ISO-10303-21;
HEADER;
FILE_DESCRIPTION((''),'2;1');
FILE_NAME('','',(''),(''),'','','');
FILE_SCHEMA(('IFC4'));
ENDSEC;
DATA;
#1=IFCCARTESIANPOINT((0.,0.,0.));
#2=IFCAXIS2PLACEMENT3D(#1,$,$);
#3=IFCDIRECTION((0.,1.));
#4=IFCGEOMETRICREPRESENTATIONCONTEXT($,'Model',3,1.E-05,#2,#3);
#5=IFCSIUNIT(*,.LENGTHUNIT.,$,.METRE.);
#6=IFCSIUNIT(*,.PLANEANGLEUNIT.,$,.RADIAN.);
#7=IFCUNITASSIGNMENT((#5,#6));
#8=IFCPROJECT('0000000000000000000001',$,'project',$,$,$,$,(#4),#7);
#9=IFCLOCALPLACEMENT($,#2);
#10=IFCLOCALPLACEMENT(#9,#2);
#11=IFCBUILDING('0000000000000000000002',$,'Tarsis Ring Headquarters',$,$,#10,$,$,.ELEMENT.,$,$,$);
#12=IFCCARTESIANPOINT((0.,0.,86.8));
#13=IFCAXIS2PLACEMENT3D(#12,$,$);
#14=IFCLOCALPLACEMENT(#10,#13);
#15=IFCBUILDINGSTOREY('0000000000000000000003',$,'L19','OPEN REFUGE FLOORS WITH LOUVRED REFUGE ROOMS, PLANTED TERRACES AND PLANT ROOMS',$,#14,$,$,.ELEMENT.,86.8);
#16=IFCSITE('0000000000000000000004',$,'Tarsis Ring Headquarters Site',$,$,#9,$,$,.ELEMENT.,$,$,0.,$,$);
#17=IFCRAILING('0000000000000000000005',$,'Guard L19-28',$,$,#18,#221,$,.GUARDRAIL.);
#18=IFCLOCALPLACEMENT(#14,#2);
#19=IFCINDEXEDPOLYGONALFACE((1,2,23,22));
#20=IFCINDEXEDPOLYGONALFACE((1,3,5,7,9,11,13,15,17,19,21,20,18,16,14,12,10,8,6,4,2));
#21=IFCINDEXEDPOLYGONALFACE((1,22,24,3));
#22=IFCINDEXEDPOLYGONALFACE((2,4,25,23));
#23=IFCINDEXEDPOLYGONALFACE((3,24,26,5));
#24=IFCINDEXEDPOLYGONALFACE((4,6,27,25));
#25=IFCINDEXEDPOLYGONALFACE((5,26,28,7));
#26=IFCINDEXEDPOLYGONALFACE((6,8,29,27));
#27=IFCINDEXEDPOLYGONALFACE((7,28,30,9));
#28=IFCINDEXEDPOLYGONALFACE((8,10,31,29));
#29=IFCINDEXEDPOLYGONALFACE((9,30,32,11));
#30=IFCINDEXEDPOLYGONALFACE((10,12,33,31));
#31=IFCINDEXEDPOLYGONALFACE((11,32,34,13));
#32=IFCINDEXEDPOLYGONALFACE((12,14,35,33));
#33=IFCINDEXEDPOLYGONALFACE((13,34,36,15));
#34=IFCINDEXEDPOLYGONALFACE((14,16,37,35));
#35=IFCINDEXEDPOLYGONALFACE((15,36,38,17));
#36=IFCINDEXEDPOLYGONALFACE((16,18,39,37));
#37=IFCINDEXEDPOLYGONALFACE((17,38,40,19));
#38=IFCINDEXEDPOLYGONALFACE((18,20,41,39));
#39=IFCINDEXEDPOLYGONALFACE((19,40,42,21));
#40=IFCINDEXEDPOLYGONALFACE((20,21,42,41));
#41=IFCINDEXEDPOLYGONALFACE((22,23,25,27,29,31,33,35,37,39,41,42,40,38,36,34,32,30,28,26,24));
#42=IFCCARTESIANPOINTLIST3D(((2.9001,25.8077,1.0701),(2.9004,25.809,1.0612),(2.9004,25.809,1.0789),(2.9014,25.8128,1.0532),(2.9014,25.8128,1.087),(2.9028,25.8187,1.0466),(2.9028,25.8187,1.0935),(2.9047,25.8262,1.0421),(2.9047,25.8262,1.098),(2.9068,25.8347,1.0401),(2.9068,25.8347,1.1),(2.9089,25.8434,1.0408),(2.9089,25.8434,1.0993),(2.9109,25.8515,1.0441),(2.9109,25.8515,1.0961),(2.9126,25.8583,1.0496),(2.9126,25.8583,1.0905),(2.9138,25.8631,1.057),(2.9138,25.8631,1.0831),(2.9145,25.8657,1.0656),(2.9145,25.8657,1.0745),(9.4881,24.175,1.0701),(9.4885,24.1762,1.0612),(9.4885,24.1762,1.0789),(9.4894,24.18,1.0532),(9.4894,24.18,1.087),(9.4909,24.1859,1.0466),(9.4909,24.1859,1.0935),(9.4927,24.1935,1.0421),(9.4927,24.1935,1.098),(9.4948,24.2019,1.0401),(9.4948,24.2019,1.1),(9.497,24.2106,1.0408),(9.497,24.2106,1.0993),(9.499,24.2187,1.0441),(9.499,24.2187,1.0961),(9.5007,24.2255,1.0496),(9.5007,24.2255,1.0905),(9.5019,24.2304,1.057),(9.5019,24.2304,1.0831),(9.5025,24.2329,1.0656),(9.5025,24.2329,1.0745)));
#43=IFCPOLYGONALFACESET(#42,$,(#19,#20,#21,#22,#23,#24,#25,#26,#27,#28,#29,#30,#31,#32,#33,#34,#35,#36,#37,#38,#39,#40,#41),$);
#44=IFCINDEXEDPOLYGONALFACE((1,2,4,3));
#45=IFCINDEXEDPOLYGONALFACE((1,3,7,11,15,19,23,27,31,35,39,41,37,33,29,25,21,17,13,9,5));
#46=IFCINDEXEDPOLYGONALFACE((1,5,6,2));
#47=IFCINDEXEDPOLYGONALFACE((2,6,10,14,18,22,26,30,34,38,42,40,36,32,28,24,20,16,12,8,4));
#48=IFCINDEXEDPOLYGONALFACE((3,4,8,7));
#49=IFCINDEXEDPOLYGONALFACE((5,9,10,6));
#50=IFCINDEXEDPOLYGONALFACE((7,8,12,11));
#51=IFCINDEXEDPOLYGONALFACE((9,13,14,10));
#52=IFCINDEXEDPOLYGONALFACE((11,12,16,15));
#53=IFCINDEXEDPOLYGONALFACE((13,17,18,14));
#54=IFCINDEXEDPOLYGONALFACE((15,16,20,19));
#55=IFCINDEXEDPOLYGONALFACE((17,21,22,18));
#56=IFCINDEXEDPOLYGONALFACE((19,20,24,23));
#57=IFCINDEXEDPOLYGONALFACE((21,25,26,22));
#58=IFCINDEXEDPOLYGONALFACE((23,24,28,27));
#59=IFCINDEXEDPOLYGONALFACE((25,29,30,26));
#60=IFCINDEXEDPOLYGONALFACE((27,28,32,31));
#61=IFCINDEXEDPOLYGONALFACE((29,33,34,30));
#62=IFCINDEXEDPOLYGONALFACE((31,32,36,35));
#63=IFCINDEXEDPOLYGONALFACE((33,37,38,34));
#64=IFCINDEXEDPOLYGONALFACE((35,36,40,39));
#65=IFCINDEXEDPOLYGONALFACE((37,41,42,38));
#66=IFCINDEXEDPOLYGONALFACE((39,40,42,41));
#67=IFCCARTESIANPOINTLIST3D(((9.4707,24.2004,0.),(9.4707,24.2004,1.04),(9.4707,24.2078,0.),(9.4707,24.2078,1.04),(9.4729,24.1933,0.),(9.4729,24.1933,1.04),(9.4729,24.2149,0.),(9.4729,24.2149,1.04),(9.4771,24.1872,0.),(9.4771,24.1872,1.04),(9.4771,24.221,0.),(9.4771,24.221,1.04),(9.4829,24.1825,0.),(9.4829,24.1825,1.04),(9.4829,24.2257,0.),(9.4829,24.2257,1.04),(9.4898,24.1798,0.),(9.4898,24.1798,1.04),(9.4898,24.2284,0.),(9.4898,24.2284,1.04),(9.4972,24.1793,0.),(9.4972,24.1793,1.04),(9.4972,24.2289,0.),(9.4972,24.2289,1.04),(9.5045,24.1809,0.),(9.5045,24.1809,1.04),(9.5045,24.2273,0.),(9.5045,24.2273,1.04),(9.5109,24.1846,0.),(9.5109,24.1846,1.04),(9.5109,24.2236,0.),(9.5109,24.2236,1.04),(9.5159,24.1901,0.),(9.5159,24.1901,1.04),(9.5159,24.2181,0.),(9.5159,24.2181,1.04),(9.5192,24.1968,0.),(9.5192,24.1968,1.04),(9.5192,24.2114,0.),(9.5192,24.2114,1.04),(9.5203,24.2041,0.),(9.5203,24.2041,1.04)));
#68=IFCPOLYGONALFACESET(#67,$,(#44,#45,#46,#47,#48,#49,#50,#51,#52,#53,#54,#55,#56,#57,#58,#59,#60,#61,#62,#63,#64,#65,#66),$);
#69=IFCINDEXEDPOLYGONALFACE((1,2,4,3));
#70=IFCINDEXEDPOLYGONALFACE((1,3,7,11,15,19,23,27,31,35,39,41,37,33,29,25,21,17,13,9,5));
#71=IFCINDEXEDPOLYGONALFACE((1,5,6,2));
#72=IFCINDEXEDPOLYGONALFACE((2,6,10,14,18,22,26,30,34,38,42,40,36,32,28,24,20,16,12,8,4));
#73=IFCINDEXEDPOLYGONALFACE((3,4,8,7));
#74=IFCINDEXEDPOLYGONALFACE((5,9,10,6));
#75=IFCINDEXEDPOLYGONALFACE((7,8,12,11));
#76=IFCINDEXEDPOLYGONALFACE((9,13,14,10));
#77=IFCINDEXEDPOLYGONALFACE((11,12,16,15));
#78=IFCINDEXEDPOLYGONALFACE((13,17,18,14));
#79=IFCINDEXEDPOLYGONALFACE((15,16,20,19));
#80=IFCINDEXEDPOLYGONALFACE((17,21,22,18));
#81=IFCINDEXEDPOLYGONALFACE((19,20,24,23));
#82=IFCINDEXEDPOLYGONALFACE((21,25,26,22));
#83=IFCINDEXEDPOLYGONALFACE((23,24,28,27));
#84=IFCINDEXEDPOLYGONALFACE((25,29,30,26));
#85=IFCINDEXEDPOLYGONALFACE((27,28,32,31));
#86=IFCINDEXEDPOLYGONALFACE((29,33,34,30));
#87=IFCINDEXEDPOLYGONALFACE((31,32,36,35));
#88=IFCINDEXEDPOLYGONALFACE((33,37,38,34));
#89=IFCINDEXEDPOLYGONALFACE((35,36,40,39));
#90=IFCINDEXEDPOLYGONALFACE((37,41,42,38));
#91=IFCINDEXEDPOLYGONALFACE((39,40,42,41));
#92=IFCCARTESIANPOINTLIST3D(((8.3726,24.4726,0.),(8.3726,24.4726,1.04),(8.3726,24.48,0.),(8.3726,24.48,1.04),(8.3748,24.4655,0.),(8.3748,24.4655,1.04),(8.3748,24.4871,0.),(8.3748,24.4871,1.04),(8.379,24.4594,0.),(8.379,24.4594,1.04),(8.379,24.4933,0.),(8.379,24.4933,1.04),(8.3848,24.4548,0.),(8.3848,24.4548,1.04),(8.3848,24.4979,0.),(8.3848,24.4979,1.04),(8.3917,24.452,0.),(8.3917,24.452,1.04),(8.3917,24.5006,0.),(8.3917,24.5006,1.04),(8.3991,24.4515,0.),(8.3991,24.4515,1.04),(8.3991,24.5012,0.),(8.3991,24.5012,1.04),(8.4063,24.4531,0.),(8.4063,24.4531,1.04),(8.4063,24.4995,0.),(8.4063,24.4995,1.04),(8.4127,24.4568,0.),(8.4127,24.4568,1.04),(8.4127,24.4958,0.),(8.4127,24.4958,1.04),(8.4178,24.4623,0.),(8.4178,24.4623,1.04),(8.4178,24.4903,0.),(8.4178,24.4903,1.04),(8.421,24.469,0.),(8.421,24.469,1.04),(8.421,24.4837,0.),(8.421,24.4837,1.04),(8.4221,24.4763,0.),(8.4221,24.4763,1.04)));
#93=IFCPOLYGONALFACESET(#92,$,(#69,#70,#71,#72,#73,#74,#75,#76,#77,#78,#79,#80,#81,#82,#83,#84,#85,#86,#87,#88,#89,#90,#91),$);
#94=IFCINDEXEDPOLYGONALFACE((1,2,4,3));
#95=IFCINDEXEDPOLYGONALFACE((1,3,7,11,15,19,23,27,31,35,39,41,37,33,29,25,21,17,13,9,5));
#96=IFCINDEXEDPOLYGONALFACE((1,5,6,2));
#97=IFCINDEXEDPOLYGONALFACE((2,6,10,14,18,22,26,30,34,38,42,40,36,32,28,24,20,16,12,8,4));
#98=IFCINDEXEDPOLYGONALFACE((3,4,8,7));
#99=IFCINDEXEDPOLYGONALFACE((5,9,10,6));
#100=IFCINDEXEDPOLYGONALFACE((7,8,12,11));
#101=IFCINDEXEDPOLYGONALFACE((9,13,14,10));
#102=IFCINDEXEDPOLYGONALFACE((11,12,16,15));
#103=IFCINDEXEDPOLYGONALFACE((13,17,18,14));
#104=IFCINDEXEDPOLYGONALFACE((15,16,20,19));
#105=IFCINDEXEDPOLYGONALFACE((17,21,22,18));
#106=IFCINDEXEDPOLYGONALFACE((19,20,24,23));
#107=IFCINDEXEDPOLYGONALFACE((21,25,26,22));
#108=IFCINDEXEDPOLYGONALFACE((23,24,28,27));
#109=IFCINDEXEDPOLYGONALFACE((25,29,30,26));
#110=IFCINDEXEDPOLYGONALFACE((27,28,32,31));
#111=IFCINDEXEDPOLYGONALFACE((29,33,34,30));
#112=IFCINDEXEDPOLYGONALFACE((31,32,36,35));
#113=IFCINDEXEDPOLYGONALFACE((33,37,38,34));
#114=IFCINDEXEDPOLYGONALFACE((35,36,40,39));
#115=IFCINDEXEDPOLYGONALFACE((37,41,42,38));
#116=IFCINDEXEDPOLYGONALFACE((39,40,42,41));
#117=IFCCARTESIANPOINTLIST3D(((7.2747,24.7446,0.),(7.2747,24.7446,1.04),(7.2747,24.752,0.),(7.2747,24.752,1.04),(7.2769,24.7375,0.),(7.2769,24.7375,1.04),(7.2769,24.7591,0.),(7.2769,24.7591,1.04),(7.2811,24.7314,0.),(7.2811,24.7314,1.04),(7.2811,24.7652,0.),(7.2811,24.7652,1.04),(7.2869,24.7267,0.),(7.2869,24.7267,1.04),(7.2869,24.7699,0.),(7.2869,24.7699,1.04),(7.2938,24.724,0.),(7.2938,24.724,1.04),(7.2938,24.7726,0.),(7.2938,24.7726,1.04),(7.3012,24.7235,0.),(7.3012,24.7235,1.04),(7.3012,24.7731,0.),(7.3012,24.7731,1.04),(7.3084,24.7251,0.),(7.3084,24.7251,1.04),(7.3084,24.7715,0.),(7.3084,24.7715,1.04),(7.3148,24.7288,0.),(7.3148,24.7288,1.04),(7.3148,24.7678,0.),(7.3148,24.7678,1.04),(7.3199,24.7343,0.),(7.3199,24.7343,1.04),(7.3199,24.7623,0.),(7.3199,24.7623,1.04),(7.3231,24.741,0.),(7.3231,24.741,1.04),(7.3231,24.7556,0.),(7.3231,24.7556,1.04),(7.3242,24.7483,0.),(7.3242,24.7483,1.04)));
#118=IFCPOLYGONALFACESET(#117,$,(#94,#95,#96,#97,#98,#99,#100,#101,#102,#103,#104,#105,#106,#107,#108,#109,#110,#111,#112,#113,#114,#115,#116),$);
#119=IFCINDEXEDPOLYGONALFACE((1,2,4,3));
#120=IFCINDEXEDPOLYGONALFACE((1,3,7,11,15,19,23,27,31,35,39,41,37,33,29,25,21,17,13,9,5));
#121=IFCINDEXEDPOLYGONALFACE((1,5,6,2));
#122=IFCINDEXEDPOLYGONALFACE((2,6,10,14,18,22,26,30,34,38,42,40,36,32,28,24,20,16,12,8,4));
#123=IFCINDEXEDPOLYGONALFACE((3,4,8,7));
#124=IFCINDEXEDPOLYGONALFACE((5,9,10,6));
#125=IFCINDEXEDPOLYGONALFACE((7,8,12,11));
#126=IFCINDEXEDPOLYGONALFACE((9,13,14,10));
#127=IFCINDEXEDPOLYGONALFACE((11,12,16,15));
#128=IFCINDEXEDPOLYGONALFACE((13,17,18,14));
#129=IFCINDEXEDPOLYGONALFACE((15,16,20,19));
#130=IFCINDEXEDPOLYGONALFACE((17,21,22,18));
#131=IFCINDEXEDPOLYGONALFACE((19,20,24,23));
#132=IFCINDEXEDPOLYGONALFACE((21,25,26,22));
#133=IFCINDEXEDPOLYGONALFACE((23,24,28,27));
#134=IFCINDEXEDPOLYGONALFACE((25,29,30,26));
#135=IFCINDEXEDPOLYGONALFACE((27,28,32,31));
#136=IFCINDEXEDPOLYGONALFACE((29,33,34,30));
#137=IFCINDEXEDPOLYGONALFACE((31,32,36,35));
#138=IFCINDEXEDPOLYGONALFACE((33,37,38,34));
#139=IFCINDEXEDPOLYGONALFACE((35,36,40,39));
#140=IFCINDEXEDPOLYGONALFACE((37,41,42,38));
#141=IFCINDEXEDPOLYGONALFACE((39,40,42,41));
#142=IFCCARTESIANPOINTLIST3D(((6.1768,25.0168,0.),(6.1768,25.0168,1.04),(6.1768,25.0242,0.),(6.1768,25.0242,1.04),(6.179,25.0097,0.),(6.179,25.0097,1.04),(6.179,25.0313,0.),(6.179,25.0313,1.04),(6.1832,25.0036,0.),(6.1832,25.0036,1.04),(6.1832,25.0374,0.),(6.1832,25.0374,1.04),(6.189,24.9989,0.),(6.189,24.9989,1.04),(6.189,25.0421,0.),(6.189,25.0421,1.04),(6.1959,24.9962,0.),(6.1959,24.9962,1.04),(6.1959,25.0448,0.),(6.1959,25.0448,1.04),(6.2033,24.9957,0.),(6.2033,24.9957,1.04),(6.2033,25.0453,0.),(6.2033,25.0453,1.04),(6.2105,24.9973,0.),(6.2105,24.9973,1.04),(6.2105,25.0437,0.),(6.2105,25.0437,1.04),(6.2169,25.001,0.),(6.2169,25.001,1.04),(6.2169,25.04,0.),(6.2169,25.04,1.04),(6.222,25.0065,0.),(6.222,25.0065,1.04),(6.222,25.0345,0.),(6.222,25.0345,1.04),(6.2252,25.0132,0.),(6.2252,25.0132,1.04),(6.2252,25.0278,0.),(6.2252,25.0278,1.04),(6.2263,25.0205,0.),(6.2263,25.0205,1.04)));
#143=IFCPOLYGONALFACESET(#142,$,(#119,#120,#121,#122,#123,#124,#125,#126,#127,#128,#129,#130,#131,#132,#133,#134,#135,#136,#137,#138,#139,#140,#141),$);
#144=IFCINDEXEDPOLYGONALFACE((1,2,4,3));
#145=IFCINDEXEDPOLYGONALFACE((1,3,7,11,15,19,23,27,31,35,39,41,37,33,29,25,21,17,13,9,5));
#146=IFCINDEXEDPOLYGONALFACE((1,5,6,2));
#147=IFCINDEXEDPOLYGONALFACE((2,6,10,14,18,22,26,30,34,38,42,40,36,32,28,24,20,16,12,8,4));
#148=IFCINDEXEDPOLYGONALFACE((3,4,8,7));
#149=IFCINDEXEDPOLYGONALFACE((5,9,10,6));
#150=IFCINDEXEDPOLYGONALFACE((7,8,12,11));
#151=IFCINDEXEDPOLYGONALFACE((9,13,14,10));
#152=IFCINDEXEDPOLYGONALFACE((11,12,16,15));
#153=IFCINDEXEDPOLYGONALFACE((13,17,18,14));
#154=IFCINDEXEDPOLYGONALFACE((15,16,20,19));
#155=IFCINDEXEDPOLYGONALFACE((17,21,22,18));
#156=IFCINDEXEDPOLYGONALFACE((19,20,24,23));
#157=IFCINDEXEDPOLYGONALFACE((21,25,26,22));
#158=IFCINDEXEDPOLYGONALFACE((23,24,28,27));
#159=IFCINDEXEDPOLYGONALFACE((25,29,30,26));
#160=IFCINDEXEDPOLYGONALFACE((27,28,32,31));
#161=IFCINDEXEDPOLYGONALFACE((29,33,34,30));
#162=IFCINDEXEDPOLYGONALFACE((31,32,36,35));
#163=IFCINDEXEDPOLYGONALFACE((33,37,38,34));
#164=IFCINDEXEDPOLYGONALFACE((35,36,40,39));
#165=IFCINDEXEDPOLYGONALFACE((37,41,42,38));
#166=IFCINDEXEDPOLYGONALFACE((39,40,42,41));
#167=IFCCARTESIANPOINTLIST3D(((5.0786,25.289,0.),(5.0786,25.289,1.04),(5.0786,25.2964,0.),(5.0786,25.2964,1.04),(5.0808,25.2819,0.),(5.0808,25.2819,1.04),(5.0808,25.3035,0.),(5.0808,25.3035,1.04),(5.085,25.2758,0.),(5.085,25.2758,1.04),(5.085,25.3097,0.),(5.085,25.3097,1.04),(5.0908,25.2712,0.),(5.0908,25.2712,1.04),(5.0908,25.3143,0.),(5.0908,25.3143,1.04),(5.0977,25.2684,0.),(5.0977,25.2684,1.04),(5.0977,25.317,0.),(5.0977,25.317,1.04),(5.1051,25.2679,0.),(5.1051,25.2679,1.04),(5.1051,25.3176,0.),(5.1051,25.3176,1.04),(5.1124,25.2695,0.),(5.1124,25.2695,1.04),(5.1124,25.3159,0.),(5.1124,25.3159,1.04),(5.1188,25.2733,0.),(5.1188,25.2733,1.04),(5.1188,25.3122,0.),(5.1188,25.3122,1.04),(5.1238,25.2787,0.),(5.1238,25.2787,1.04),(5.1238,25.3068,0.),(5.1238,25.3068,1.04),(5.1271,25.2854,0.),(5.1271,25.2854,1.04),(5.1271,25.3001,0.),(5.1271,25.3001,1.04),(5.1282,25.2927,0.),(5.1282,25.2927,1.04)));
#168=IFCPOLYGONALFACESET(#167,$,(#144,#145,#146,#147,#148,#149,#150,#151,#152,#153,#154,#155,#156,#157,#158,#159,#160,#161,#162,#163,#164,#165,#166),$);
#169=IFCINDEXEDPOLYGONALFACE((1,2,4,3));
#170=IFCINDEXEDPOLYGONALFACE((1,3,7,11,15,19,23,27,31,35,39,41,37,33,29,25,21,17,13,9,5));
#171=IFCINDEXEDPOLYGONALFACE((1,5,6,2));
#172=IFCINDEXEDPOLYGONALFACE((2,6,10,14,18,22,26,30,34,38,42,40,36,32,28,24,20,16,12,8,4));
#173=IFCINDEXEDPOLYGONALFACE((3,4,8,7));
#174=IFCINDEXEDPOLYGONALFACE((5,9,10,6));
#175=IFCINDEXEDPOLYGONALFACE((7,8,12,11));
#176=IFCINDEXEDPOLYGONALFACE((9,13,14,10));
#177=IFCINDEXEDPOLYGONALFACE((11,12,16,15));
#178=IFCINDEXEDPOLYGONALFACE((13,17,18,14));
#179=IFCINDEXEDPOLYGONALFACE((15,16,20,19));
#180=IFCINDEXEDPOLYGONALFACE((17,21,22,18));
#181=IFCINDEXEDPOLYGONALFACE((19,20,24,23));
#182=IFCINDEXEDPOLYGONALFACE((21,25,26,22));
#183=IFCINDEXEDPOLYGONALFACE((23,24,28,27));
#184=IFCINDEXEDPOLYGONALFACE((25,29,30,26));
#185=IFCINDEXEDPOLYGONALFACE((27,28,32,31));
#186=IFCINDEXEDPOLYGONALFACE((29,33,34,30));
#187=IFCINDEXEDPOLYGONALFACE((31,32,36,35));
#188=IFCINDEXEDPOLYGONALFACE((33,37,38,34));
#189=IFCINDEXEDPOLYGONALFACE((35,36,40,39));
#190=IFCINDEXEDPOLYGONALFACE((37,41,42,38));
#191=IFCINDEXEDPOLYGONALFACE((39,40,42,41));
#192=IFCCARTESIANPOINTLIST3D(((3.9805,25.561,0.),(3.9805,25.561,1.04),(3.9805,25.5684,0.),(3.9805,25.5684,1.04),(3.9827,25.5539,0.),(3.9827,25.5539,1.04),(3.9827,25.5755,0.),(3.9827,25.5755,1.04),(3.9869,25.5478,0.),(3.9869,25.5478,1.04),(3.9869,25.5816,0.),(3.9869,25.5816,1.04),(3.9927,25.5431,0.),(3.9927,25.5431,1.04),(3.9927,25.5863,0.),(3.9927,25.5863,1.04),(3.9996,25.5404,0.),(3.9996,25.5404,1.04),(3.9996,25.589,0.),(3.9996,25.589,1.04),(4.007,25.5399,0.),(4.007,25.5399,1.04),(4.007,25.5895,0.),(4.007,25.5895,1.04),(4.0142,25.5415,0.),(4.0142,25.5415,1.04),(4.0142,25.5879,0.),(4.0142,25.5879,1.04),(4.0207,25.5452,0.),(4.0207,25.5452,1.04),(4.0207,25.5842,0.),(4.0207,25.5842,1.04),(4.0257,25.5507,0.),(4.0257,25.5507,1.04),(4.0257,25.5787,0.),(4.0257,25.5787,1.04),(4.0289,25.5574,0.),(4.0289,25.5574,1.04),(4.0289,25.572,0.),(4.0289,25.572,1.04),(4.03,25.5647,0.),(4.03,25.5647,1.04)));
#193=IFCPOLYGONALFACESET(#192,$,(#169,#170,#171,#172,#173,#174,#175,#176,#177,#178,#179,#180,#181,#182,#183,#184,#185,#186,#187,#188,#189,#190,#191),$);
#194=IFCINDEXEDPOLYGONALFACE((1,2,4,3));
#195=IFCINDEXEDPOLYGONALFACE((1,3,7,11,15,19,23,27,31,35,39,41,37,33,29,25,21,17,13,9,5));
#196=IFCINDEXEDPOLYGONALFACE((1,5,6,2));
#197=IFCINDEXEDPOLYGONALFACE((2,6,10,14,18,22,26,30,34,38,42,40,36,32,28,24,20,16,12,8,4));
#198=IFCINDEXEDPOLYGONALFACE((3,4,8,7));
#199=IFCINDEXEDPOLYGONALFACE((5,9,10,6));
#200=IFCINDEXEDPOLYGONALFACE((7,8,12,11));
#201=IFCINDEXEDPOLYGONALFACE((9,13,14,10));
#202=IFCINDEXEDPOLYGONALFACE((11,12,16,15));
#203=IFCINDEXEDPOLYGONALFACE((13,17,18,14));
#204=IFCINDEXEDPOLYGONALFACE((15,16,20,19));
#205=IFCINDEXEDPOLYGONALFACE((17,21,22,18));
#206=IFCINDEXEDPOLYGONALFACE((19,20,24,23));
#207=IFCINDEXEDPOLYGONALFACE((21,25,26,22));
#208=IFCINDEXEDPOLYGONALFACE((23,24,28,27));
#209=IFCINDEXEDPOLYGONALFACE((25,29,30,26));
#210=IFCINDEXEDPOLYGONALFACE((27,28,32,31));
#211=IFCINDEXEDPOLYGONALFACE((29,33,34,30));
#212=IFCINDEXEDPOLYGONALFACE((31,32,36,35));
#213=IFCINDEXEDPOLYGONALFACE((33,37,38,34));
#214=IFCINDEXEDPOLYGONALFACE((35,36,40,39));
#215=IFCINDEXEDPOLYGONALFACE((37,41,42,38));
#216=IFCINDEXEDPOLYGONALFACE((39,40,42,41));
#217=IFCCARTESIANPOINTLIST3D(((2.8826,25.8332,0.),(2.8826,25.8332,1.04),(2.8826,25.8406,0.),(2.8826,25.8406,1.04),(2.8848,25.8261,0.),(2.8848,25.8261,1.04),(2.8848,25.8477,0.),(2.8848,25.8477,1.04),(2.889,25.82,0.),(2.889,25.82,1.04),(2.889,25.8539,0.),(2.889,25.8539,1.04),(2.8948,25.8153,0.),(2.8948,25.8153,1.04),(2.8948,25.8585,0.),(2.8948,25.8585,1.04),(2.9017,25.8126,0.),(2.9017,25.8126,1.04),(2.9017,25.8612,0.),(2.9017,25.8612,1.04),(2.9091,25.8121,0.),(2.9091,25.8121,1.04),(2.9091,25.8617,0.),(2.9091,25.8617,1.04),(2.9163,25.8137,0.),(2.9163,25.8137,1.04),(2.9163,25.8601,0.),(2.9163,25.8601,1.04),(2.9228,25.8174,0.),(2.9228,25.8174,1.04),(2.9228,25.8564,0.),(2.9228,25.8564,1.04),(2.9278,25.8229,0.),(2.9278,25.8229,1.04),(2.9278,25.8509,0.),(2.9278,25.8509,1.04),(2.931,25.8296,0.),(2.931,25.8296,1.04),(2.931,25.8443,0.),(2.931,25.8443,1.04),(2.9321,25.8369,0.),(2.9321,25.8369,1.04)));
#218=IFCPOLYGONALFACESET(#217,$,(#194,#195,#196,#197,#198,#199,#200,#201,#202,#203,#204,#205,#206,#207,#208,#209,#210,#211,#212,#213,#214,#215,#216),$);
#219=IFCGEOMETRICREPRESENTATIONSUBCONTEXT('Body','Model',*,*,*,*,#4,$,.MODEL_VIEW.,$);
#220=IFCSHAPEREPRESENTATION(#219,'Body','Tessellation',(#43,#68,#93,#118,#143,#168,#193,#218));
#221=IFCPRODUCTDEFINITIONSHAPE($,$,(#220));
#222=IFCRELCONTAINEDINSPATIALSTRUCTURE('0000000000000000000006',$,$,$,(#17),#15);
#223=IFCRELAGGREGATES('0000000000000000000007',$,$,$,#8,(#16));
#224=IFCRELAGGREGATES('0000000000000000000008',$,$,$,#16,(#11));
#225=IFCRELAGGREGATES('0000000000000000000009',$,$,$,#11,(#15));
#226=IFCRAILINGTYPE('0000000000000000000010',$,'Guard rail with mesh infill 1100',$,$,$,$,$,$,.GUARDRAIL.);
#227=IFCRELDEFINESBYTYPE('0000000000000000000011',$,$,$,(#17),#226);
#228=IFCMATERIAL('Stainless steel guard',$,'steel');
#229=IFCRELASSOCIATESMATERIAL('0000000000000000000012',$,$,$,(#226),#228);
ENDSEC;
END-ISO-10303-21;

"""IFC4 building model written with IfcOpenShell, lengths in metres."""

from ifc_helpers import new_model, si_unit, direction, frame, origin, origin_2d, place, context, subcontext, project, spatial, circle, extrude, material, type_object, element, save


model = new_model("IFC4")

# Units and contexts
model_context = context("Model", 3, precision=1e-05, world=origin(), true_north=direction((0.0, 1.0)))
body_context = subcontext(model_context, "Body", "Model", "MODEL_VIEW")
ifc_project = project(units=[si_unit("LENGTHUNIT", "METRE"), si_unit("PLANEANGLEUNIT", "RADIAN")], contexts=[model_context])

# Site, building, storey
site_placement = place(None, origin())
site = spatial("IfcSite", under=ifc_project, at=site_placement, Name="Tarsis Ring Headquarters Site", CompositionType="ELEMENT", RefElevation=0.0)
building_placement = place(site_placement, origin())
building = spatial("IfcBuilding", under=site, at=building_placement, Name="Tarsis Ring Headquarters", CompositionType="ELEMENT")
storey_placement = place(building_placement, frame((0.0, 0.0, 86.8)))
storey = spatial("IfcBuildingStorey", under=building, at=storey_placement, Name="L19", Description="OPEN REFUGE FLOORS WITH LOUVRED REFUGE ROOMS, PLANTED TERRACES AND PLANT ROOMS", CompositionType="ELEMENT", Elevation=86.8)

# Railing
ifc_material_1 = material(Name="Stainless steel guard", Category="steel")
railing_type = type_object("IfcRailingType", Name="Guard rail with mesh infill 1100", PredefinedType="GUARDRAIL", material=ifc_material_1)
railing_1_placement = place(storey_placement, frame((9.4954, 24.2041, 0.0)))
element("IfcRailing", 1, at=railing_1_placement, inside=storey, type_object=railing_type, Name="Guard L19-28", PredefinedType="GUARDRAIL", context=body_context, shape_type="SweptSolid", body=[
    extrude(circle(Radius=0.03, at=origin_2d()), frame((0.0, 0.0, 1.0701), z_axis=(-0.970633, 0.240563, 0.0), x_axis=(-0.240563, -0.970633, 0.0)), (0.0, 0.0, 1.0), 6.7874),
    extrude(circle(Radius=0.0249, at=origin_2d()), origin(), (0.0, 0.0, 1.0), 1.04),
    extrude(circle(Radius=0.0249, at=origin_2d()), frame((-1.0981, 0.2722, 0.0)), (0.0, 0.0, 1.0), 1.04),
    extrude(circle(Radius=0.0249, at=origin_2d()), frame((-2.196, 0.5442, 0.0)), (0.0, 0.0, 1.0), 1.04),
    extrude(circle(Radius=0.0249, at=origin_2d()), frame((-3.2939, 0.8164, 0.0)), (0.0, 0.0, 1.0), 1.04),
    extrude(circle(Radius=0.0249, at=origin_2d()), frame((-4.3921, 1.0886, 0.0)), (0.0, 0.0, 1.0), 1.04),
    extrude(circle(Radius=0.0249, at=origin_2d()), frame((-5.4902, 1.3606, 0.0)), (0.0, 0.0, 1.0), 1.04),
    extrude(circle(Radius=0.0249, at=origin_2d()), frame((-6.5881, 1.6328, 0.0)), (0.0, 0.0, 1.0), 1.04),
])

save(model, "model.ifc")
